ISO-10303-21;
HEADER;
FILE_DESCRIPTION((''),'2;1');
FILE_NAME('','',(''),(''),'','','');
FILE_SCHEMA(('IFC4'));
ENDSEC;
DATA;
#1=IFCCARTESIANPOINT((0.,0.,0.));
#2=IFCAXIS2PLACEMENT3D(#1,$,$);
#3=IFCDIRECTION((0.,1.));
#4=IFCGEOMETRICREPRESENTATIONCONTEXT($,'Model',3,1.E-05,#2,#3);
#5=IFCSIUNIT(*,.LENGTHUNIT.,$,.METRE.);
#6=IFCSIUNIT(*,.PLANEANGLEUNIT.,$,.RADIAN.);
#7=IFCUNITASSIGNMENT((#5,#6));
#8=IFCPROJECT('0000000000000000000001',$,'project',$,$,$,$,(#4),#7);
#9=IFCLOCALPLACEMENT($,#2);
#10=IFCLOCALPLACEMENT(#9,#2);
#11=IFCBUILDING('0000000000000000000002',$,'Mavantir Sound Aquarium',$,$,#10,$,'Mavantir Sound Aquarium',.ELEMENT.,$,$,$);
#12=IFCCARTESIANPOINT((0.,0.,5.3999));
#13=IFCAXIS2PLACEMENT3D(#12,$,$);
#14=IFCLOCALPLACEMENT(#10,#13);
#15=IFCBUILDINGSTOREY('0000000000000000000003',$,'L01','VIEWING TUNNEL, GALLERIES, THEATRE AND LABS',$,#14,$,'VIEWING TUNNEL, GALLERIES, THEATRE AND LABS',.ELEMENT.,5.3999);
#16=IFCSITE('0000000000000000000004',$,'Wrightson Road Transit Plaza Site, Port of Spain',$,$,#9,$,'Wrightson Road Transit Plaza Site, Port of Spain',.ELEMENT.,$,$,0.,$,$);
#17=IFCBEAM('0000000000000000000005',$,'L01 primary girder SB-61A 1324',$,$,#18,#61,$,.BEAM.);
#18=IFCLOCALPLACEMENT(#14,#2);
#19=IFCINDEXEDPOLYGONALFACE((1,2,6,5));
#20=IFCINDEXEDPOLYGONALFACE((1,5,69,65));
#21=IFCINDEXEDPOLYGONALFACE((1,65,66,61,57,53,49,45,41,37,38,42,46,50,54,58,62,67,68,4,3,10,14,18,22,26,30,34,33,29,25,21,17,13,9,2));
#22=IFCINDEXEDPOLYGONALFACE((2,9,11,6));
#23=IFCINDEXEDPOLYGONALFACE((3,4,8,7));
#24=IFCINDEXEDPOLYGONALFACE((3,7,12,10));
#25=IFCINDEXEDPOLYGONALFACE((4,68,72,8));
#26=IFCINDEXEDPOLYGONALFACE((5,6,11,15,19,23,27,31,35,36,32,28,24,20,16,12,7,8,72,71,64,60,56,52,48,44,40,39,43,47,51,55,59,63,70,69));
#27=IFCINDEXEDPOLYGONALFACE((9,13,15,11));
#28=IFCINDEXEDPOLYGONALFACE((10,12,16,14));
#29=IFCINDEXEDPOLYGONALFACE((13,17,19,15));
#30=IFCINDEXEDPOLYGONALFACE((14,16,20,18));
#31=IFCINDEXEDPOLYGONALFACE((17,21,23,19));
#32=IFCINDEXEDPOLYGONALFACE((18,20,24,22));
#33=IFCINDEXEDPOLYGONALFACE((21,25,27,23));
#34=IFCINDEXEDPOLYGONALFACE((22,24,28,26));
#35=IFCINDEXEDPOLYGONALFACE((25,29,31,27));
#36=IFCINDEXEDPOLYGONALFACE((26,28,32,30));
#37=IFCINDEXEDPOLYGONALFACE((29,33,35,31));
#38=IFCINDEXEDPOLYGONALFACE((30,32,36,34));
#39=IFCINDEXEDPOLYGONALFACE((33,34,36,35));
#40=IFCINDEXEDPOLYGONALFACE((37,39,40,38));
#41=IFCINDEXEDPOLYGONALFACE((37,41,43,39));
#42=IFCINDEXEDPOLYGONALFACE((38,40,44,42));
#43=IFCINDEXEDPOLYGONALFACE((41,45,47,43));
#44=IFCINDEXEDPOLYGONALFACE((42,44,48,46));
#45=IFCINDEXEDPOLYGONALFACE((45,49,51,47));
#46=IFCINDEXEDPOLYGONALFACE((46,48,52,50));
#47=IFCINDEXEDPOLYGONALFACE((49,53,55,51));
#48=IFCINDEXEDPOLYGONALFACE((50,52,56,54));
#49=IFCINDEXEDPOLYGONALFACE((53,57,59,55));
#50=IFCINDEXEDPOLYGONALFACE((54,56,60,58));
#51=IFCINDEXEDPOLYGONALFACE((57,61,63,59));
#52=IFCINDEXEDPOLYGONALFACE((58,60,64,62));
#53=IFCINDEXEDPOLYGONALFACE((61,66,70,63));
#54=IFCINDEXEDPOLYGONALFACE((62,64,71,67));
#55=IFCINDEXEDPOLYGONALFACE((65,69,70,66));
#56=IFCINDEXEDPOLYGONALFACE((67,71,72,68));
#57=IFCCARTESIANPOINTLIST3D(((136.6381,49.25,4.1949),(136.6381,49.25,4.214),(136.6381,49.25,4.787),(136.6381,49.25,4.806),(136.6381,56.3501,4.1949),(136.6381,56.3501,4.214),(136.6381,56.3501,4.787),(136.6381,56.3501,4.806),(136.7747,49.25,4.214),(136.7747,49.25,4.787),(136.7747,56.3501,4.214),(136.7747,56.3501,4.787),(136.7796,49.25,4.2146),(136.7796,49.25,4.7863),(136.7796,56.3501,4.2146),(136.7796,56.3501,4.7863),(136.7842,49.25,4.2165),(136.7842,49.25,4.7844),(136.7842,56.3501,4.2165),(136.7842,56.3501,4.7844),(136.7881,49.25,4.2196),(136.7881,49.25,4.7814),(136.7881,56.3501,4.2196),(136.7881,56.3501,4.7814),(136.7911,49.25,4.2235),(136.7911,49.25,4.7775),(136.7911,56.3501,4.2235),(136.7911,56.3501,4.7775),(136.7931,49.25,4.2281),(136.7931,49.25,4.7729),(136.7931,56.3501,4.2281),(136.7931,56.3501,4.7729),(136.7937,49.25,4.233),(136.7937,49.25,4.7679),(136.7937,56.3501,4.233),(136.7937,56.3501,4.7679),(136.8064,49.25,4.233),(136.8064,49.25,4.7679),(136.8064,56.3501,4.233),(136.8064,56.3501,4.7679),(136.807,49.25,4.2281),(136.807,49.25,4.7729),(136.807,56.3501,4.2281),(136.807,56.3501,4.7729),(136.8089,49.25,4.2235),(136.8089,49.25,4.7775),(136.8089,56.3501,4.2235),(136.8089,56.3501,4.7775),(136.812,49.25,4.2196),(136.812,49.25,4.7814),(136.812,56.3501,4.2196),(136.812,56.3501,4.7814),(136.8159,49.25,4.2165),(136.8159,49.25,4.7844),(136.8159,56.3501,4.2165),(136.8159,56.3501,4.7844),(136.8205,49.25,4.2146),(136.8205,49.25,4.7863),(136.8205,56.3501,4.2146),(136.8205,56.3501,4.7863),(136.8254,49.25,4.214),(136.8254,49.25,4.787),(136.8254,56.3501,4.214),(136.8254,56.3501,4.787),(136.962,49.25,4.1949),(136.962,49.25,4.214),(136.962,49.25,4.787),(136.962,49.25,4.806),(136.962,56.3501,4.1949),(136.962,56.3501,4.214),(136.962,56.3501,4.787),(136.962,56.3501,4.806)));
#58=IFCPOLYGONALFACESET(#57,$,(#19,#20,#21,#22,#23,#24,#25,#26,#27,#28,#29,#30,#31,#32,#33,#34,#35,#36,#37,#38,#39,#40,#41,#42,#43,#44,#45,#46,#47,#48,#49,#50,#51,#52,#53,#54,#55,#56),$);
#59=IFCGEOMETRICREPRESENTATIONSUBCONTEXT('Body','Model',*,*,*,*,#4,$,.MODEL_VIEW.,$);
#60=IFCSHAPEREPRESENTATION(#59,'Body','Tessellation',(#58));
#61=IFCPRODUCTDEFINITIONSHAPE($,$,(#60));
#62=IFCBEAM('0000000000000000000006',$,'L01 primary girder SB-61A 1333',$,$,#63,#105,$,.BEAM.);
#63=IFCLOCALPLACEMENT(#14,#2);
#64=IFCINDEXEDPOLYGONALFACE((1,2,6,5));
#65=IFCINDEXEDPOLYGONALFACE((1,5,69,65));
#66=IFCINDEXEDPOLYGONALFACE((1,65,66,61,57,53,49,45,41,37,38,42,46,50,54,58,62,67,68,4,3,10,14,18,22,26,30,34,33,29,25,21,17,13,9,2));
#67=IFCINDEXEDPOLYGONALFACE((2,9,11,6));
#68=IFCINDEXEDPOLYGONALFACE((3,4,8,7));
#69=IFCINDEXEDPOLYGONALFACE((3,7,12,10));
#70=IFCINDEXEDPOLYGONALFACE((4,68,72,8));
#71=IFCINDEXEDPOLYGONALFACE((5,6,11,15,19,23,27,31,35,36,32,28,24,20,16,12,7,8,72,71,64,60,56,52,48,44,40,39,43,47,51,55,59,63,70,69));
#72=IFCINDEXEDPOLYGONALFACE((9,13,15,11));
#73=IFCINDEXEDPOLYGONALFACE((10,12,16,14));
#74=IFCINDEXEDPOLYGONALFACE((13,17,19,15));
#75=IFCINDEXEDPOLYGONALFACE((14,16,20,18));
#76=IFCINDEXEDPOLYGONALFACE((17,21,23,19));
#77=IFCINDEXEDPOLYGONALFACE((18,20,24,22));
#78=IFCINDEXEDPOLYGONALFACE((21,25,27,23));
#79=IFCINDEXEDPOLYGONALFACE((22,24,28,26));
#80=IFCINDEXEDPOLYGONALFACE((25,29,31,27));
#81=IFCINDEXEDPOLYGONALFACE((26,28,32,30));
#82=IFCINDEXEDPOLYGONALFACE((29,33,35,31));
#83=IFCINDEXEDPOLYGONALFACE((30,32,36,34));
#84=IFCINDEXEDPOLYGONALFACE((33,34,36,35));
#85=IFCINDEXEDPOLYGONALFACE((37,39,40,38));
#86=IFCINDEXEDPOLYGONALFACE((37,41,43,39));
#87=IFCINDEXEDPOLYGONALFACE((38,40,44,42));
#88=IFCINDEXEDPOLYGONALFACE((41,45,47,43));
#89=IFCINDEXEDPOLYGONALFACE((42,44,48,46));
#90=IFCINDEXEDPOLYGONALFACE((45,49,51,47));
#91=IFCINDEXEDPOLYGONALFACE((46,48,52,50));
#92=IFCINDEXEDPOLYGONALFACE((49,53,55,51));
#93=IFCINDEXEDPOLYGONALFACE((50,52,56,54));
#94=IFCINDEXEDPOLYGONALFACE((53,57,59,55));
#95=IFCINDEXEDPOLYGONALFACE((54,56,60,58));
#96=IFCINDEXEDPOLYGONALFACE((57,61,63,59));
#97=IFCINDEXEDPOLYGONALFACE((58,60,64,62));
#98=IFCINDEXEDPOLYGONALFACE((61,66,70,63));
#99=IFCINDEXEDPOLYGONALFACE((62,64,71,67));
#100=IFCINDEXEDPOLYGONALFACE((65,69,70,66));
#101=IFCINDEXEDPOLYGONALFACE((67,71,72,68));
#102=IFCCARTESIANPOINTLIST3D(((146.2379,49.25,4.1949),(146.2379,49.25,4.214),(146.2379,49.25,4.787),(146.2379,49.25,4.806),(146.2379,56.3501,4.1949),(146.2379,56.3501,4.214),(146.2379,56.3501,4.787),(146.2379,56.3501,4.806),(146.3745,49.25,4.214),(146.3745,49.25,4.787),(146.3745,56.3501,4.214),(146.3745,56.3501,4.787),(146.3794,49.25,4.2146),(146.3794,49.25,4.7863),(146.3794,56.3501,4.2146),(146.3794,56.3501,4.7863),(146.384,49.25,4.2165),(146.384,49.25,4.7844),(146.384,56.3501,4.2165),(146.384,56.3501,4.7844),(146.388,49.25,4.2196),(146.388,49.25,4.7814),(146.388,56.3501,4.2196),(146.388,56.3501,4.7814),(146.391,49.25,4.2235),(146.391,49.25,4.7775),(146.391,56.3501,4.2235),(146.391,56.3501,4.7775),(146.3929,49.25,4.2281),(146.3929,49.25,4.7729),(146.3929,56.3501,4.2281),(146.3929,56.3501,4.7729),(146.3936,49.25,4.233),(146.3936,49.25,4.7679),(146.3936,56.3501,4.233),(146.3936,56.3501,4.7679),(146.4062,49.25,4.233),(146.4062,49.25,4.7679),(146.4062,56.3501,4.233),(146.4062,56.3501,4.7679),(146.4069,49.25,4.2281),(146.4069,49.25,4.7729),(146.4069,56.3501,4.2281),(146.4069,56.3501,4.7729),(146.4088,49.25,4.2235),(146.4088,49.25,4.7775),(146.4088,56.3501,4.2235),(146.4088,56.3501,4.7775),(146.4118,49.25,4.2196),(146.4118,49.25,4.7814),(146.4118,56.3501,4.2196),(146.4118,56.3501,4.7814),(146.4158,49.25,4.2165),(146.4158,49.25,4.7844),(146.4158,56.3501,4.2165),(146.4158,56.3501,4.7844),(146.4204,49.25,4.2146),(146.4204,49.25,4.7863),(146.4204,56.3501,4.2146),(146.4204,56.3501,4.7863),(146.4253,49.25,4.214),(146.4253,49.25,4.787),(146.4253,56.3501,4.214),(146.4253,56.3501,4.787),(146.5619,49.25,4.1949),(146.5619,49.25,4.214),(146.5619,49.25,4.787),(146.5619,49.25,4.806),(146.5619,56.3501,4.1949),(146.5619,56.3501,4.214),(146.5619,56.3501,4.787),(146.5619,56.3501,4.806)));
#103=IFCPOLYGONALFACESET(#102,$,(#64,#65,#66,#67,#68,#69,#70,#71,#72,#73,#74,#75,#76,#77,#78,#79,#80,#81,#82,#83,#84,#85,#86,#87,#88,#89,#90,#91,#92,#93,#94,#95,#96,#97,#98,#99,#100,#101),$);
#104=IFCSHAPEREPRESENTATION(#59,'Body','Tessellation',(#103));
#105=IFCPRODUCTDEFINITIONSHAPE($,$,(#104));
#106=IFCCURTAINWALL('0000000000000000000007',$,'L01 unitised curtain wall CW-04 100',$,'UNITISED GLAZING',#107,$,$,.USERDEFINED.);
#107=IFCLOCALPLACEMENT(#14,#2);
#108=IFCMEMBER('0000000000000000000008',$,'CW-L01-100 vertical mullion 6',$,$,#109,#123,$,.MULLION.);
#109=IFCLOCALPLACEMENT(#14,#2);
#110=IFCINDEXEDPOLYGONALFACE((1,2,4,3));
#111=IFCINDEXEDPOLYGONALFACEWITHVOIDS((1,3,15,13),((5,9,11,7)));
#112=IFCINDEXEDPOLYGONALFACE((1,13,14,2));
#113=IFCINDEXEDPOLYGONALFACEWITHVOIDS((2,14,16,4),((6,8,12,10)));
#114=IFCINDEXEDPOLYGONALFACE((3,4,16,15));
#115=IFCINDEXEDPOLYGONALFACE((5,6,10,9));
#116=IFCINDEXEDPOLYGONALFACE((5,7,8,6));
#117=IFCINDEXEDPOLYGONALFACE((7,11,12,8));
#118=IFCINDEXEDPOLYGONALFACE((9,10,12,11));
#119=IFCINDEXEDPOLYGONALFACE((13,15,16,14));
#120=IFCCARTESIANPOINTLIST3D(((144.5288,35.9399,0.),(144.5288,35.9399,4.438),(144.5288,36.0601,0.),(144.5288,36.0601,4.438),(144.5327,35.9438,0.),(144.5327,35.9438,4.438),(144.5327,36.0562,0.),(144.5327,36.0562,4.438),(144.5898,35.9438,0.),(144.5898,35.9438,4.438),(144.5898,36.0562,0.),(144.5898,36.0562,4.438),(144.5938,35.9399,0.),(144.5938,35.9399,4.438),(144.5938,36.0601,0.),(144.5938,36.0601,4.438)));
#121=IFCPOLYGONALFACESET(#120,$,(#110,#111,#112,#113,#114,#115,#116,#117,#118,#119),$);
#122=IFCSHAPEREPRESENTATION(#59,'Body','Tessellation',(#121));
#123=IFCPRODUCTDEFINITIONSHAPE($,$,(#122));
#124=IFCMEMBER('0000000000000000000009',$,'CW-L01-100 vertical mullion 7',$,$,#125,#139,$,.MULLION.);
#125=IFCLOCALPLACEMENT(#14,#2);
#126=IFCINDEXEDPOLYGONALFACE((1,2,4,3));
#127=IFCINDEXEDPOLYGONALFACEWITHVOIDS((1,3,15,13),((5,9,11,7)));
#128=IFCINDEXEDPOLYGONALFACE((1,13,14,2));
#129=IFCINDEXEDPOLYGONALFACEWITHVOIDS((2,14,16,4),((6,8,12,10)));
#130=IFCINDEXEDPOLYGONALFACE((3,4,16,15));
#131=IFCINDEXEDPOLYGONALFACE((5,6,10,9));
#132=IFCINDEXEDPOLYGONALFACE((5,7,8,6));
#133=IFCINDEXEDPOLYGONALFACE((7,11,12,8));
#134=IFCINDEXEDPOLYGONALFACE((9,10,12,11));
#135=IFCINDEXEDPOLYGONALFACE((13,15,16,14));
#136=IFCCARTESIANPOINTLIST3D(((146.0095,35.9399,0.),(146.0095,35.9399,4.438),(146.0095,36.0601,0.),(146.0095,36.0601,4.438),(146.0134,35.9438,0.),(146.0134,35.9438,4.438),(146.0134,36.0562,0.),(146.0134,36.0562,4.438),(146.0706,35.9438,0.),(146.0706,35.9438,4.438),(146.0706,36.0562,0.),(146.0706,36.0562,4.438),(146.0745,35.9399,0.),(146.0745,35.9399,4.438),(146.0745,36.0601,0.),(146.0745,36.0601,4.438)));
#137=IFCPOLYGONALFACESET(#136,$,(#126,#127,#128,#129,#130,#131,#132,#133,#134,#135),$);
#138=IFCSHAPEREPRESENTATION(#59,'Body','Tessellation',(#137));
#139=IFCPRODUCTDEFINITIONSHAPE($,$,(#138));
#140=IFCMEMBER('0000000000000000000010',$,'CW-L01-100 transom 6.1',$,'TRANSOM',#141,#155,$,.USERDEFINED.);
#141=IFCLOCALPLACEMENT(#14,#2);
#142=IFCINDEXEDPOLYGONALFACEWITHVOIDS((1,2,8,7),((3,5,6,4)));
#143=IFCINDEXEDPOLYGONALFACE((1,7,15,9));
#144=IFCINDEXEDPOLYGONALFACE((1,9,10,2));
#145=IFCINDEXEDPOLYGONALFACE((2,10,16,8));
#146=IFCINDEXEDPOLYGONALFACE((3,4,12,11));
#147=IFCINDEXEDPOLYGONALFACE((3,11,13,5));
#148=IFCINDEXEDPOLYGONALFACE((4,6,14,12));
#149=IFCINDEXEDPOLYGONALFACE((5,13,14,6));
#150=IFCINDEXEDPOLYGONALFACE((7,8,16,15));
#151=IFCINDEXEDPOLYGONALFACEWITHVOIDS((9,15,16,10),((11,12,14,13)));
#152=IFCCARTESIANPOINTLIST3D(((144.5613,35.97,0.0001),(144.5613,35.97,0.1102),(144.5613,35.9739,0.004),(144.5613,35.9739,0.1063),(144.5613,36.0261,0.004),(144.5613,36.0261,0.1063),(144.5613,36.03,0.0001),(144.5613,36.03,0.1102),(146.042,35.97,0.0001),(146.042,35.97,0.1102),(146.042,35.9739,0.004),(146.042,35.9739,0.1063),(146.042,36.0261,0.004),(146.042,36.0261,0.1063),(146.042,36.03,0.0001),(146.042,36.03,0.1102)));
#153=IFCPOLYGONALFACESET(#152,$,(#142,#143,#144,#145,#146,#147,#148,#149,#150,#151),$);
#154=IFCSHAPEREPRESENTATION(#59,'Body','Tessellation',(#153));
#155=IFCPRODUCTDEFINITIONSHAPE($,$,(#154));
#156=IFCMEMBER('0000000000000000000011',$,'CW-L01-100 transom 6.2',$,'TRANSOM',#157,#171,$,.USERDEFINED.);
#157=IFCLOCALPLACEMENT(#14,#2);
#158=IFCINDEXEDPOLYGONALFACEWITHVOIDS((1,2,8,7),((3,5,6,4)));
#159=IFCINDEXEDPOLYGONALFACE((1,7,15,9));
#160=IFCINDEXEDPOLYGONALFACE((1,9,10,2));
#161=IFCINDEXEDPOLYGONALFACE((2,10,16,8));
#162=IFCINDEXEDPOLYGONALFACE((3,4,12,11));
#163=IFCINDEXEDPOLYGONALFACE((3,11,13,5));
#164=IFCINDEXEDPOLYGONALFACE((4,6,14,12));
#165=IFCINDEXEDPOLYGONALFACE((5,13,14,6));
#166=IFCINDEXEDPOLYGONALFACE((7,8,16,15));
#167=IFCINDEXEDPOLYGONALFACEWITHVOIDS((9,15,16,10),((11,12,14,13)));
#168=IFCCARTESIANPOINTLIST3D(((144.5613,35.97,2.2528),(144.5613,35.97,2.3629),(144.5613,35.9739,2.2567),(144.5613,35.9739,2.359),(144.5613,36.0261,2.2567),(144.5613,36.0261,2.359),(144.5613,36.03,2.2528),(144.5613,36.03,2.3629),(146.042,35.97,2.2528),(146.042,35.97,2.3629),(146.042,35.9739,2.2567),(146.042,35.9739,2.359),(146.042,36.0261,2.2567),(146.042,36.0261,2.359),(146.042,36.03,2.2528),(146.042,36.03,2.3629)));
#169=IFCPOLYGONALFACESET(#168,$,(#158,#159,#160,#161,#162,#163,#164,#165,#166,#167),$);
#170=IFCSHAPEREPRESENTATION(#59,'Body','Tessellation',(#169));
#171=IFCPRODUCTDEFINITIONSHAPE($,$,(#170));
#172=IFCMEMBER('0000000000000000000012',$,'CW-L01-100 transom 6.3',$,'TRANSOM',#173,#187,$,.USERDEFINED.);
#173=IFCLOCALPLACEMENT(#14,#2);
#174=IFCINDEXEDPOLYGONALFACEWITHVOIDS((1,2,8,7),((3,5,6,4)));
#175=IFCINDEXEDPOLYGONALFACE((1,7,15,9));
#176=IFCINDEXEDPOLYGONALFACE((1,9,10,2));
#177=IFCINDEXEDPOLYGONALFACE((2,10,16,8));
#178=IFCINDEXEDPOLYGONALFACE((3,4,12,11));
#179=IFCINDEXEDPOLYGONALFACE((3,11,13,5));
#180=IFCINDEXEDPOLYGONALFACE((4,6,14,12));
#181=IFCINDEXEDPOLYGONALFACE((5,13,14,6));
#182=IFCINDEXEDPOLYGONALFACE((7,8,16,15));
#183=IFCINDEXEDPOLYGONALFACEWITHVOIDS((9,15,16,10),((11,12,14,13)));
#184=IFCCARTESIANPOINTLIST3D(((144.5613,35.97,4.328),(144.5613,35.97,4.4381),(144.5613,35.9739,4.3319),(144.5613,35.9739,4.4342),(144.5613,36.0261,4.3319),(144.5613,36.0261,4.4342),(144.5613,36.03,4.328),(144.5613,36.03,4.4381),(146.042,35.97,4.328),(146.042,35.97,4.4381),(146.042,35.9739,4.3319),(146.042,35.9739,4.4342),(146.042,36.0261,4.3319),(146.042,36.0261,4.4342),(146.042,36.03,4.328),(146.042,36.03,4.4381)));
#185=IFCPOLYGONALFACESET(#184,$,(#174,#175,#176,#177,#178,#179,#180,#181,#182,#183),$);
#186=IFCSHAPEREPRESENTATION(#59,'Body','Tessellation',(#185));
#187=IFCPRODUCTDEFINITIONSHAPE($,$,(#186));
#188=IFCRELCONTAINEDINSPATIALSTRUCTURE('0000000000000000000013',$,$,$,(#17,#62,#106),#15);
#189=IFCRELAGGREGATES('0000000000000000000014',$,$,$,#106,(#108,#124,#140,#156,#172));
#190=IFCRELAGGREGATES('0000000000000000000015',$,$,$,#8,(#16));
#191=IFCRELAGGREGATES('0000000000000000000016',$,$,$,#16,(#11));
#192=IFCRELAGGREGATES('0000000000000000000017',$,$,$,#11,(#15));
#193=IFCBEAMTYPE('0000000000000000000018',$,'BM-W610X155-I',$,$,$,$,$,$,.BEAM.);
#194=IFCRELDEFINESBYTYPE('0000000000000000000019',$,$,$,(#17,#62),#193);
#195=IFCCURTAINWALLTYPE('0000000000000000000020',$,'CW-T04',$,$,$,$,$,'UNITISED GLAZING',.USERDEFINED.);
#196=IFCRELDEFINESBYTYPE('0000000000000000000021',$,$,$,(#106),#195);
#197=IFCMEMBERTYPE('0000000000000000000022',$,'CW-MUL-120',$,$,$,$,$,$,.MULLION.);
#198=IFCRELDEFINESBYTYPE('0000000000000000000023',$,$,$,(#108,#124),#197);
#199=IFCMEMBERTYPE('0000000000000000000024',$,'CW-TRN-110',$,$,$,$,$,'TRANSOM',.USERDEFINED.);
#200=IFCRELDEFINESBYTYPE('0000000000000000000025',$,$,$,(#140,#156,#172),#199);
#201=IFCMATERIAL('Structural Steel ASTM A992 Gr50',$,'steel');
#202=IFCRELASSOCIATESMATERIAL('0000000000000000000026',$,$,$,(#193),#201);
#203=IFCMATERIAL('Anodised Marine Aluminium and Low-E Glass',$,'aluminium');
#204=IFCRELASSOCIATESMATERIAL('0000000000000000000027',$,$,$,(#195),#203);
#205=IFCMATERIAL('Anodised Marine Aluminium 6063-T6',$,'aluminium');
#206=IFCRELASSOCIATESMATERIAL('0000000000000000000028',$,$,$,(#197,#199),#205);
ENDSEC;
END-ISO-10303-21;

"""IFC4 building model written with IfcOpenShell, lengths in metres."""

from ifc_helpers import new_model, si_unit, direction, frame, origin, origin_2d, place, context, subcontext, project, spatial, hollow_rectangle, i_section, extrude, material, material_profile, profile_set, type_object, element, aggregate, save


model = new_model("IFC4")

# Units and contexts
model_context = context("Model", 3, precision=1e-05, world=origin(), true_north=direction((0.0, 1.0)))
body_context = subcontext(model_context, "Body", "Model", "MODEL_VIEW")
ifc_project = project(units=[si_unit("LENGTHUNIT", "METRE"), si_unit("PLANEANGLEUNIT", "RADIAN")], contexts=[model_context])

# Site, building, storey
site_placement = place(None, origin())
site = spatial("IfcSite", under=ifc_project, at=site_placement, Name="Wrightson Road Transit Plaza Site, Port of Spain", LongName="Wrightson Road Transit Plaza Site, Port of Spain", CompositionType="ELEMENT", RefElevation=0.0)
building_placement = place(site_placement, origin())
building = spatial("IfcBuilding", under=site, at=building_placement, Name="Mavantir Sound Aquarium", LongName="Mavantir Sound Aquarium", CompositionType="ELEMENT")
storey_placement = place(building_placement, frame((0.0, 0.0, 5.3999)))
storey = spatial("IfcBuildingStorey", under=building, at=storey_placement, Name="L01", Description="VIEWING TUNNEL, GALLERIES, THEATRE AND LABS", LongName="VIEWING TUNNEL, GALLERIES, THEATRE AND LABS", CompositionType="ELEMENT", Elevation=5.3999)

# Beams
ifc_material_1 = material(Name="Structural Steel ASTM A992 Gr50", Category="steel")
ifc_material_profile_1 = material_profile(ifc_material_1, i_section(OverallWidth=0.324, OverallDepth=0.6111, WebThickness=0.0127, FlangeThickness=0.019, FilletRadius=0.019, at=origin_2d()), Name="W610X155")
ifc_profile_set_1 = profile_set([ifc_material_profile_1], Name="Structural Steel ASTM A992 Gr50")
beam_type_1 = type_object("IfcBeamType", Name="BM-W610X155-I", PredefinedType="BEAM", material=ifc_profile_set_1)
for number, where, z_axis, x_axis, name in (
    (1, (136.8, 49.25, 4.5005), (0.0, 1.0, 0.0), (-1.0, 0.0, 0.0), "L01 primary girder SB-61A 1324"),
    (2, (146.3999, 49.25, 4.5005), (0.0, 1.0, 0.0), (-1.0, 0.0, 0.0), "L01 primary girder SB-61A 1333"),
):
    element("IfcBeam", number, at=place(storey_placement, frame(where, z_axis=z_axis, x_axis=x_axis)), inside=storey, type_object=beam_type_1, Name=name, PredefinedType="BEAM", context=body_context, shape_type="SweptSolid", body=[
        extrude(i_section(OverallWidth=0.324, OverallDepth=0.6111, WebThickness=0.0127, FlangeThickness=0.019, FilletRadius=0.019, at=origin_2d()), origin(), (0.0, 0.0, 1.0), 7.1001),
    ])

# Curtain wall, members
ifc_material_2 = material(Name="Anodised Marine Aluminium and Low-E Glass", Category="aluminium")
curtain_wall_type = type_object("IfcCurtainWallType", Name="CW-T04", ElementType="UNITISED GLAZING", PredefinedType="USERDEFINED", material=ifc_material_2)
curtain_wall_placement = place(storey_placement, origin())
curtain_wall = element("IfcCurtainWall", 3, at=curtain_wall_placement, inside=storey, type_object=curtain_wall_type, Name="L01 unitised curtain wall CW-04 100", ObjectType="UNITISED GLAZING", PredefinedType="USERDEFINED")
ifc_material_3 = material(Name="Anodised Marine Aluminium 6063-T6", Category="aluminium")
ifc_material_profile_2 = material_profile(ifc_material_3, hollow_rectangle(XDim=0.0649, YDim=0.1201, WallThickness=0.0039, at=origin_2d()), Name="ALU-MULLION-120X65")
ifc_profile_set_2 = profile_set([ifc_material_profile_2], Name="Anodised Marine Aluminium 6063-T6")
member_type_1 = type_object("IfcMemberType", Name="CW-MUL-120", PredefinedType="MULLION", material=ifc_profile_set_2)
member_1_placement = place(storey_placement, frame((144.5613, 36.0, 0.0), z_axis=(0.0, 0.0, 1.0), x_axis=(1.0, 0.0, 0.0)))
member_1 = element("IfcMember", 4, at=member_1_placement, type_object=member_type_1, Name="CW-L01-100 vertical mullion 6", PredefinedType="MULLION", context=body_context, shape_type="SweptSolid", body=[
    extrude(hollow_rectangle(XDim=0.0649, YDim=0.1201, WallThickness=0.0039, at=origin_2d()), origin(), (0.0, 0.0, 1.0), 4.438),
])
member_2_placement = place(storey_placement, frame((146.042, 36.0, 0.0), z_axis=(0.0, 0.0, 1.0), x_axis=(1.0, 0.0, 0.0)))
member_2 = element("IfcMember", 5, at=member_2_placement, type_object=member_type_1, Name="CW-L01-100 vertical mullion 7", PredefinedType="MULLION", context=body_context, shape_type="SweptSolid", body=[
    extrude(hollow_rectangle(XDim=0.0649, YDim=0.1201, WallThickness=0.0039, at=origin_2d()), origin(), (0.0, 0.0, 1.0), 4.438),
])
ifc_material_profile_3 = material_profile(ifc_material_3, hollow_rectangle(XDim=0.0601, YDim=0.1101, WallThickness=0.0039, at=origin_2d()), Name="ALU-TRANSOM-110X60")
ifc_profile_set_3 = profile_set([ifc_material_profile_3], Name="Anodised Marine Aluminium 6063-T6")
member_type_2 = type_object("IfcMemberType", Name="CW-TRN-110", ElementType="TRANSOM", PredefinedType="USERDEFINED", material=ifc_profile_set_3)
member_3_placement = place(storey_placement, frame((144.5613, 36.0, 0.0552), z_axis=(1.0, 0.0, 0.0), x_axis=(0.0, 1.0, 0.0)))
member_3 = element("IfcMember", 6, at=member_3_placement, type_object=member_type_2, Name="CW-L01-100 transom 6.1", ObjectType="TRANSOM", PredefinedType="USERDEFINED", context=body_context, shape_type="SweptSolid", body=[
    extrude(hollow_rectangle(XDim=0.0601, YDim=0.1101, WallThickness=0.0039, at=origin_2d()), origin(), (0.0, 0.0, 1.0), 1.4807),
])
member_4_placement = place(storey_placement, frame((144.5613, 36.0, 2.3079), z_axis=(1.0, 0.0, 0.0), x_axis=(0.0, 1.0, 0.0)))
member_4 = element("IfcMember", 7, at=member_4_placement, type_object=member_type_2, Name="CW-L01-100 transom 6.2", ObjectType="TRANSOM", PredefinedType="USERDEFINED", context=body_context, shape_type="SweptSolid", body=[
    extrude(hollow_rectangle(XDim=0.0601, YDim=0.1101, WallThickness=0.0039, at=origin_2d()), origin(), (0.0, 0.0, 1.0), 1.4807),
])
member_5_placement = place(storey_placement, frame((144.5613, 36.0, 4.3831), z_axis=(1.0, 0.0, 0.0), x_axis=(0.0, 1.0, 0.0)))
member_5 = element("IfcMember", 8, at=member_5_placement, type_object=member_type_2, Name="CW-L01-100 transom 6.3", ObjectType="TRANSOM", PredefinedType="USERDEFINED", context=body_context, shape_type="SweptSolid", body=[
    extrude(hollow_rectangle(XDim=0.0601, YDim=0.1101, WallThickness=0.0039, at=origin_2d()), origin(), (0.0, 0.0, 1.0), 1.4807),
])
aggregate(curtain_wall, [member_1, member_2, member_3, member_4, member_5])

save(model, "model.ifc")
